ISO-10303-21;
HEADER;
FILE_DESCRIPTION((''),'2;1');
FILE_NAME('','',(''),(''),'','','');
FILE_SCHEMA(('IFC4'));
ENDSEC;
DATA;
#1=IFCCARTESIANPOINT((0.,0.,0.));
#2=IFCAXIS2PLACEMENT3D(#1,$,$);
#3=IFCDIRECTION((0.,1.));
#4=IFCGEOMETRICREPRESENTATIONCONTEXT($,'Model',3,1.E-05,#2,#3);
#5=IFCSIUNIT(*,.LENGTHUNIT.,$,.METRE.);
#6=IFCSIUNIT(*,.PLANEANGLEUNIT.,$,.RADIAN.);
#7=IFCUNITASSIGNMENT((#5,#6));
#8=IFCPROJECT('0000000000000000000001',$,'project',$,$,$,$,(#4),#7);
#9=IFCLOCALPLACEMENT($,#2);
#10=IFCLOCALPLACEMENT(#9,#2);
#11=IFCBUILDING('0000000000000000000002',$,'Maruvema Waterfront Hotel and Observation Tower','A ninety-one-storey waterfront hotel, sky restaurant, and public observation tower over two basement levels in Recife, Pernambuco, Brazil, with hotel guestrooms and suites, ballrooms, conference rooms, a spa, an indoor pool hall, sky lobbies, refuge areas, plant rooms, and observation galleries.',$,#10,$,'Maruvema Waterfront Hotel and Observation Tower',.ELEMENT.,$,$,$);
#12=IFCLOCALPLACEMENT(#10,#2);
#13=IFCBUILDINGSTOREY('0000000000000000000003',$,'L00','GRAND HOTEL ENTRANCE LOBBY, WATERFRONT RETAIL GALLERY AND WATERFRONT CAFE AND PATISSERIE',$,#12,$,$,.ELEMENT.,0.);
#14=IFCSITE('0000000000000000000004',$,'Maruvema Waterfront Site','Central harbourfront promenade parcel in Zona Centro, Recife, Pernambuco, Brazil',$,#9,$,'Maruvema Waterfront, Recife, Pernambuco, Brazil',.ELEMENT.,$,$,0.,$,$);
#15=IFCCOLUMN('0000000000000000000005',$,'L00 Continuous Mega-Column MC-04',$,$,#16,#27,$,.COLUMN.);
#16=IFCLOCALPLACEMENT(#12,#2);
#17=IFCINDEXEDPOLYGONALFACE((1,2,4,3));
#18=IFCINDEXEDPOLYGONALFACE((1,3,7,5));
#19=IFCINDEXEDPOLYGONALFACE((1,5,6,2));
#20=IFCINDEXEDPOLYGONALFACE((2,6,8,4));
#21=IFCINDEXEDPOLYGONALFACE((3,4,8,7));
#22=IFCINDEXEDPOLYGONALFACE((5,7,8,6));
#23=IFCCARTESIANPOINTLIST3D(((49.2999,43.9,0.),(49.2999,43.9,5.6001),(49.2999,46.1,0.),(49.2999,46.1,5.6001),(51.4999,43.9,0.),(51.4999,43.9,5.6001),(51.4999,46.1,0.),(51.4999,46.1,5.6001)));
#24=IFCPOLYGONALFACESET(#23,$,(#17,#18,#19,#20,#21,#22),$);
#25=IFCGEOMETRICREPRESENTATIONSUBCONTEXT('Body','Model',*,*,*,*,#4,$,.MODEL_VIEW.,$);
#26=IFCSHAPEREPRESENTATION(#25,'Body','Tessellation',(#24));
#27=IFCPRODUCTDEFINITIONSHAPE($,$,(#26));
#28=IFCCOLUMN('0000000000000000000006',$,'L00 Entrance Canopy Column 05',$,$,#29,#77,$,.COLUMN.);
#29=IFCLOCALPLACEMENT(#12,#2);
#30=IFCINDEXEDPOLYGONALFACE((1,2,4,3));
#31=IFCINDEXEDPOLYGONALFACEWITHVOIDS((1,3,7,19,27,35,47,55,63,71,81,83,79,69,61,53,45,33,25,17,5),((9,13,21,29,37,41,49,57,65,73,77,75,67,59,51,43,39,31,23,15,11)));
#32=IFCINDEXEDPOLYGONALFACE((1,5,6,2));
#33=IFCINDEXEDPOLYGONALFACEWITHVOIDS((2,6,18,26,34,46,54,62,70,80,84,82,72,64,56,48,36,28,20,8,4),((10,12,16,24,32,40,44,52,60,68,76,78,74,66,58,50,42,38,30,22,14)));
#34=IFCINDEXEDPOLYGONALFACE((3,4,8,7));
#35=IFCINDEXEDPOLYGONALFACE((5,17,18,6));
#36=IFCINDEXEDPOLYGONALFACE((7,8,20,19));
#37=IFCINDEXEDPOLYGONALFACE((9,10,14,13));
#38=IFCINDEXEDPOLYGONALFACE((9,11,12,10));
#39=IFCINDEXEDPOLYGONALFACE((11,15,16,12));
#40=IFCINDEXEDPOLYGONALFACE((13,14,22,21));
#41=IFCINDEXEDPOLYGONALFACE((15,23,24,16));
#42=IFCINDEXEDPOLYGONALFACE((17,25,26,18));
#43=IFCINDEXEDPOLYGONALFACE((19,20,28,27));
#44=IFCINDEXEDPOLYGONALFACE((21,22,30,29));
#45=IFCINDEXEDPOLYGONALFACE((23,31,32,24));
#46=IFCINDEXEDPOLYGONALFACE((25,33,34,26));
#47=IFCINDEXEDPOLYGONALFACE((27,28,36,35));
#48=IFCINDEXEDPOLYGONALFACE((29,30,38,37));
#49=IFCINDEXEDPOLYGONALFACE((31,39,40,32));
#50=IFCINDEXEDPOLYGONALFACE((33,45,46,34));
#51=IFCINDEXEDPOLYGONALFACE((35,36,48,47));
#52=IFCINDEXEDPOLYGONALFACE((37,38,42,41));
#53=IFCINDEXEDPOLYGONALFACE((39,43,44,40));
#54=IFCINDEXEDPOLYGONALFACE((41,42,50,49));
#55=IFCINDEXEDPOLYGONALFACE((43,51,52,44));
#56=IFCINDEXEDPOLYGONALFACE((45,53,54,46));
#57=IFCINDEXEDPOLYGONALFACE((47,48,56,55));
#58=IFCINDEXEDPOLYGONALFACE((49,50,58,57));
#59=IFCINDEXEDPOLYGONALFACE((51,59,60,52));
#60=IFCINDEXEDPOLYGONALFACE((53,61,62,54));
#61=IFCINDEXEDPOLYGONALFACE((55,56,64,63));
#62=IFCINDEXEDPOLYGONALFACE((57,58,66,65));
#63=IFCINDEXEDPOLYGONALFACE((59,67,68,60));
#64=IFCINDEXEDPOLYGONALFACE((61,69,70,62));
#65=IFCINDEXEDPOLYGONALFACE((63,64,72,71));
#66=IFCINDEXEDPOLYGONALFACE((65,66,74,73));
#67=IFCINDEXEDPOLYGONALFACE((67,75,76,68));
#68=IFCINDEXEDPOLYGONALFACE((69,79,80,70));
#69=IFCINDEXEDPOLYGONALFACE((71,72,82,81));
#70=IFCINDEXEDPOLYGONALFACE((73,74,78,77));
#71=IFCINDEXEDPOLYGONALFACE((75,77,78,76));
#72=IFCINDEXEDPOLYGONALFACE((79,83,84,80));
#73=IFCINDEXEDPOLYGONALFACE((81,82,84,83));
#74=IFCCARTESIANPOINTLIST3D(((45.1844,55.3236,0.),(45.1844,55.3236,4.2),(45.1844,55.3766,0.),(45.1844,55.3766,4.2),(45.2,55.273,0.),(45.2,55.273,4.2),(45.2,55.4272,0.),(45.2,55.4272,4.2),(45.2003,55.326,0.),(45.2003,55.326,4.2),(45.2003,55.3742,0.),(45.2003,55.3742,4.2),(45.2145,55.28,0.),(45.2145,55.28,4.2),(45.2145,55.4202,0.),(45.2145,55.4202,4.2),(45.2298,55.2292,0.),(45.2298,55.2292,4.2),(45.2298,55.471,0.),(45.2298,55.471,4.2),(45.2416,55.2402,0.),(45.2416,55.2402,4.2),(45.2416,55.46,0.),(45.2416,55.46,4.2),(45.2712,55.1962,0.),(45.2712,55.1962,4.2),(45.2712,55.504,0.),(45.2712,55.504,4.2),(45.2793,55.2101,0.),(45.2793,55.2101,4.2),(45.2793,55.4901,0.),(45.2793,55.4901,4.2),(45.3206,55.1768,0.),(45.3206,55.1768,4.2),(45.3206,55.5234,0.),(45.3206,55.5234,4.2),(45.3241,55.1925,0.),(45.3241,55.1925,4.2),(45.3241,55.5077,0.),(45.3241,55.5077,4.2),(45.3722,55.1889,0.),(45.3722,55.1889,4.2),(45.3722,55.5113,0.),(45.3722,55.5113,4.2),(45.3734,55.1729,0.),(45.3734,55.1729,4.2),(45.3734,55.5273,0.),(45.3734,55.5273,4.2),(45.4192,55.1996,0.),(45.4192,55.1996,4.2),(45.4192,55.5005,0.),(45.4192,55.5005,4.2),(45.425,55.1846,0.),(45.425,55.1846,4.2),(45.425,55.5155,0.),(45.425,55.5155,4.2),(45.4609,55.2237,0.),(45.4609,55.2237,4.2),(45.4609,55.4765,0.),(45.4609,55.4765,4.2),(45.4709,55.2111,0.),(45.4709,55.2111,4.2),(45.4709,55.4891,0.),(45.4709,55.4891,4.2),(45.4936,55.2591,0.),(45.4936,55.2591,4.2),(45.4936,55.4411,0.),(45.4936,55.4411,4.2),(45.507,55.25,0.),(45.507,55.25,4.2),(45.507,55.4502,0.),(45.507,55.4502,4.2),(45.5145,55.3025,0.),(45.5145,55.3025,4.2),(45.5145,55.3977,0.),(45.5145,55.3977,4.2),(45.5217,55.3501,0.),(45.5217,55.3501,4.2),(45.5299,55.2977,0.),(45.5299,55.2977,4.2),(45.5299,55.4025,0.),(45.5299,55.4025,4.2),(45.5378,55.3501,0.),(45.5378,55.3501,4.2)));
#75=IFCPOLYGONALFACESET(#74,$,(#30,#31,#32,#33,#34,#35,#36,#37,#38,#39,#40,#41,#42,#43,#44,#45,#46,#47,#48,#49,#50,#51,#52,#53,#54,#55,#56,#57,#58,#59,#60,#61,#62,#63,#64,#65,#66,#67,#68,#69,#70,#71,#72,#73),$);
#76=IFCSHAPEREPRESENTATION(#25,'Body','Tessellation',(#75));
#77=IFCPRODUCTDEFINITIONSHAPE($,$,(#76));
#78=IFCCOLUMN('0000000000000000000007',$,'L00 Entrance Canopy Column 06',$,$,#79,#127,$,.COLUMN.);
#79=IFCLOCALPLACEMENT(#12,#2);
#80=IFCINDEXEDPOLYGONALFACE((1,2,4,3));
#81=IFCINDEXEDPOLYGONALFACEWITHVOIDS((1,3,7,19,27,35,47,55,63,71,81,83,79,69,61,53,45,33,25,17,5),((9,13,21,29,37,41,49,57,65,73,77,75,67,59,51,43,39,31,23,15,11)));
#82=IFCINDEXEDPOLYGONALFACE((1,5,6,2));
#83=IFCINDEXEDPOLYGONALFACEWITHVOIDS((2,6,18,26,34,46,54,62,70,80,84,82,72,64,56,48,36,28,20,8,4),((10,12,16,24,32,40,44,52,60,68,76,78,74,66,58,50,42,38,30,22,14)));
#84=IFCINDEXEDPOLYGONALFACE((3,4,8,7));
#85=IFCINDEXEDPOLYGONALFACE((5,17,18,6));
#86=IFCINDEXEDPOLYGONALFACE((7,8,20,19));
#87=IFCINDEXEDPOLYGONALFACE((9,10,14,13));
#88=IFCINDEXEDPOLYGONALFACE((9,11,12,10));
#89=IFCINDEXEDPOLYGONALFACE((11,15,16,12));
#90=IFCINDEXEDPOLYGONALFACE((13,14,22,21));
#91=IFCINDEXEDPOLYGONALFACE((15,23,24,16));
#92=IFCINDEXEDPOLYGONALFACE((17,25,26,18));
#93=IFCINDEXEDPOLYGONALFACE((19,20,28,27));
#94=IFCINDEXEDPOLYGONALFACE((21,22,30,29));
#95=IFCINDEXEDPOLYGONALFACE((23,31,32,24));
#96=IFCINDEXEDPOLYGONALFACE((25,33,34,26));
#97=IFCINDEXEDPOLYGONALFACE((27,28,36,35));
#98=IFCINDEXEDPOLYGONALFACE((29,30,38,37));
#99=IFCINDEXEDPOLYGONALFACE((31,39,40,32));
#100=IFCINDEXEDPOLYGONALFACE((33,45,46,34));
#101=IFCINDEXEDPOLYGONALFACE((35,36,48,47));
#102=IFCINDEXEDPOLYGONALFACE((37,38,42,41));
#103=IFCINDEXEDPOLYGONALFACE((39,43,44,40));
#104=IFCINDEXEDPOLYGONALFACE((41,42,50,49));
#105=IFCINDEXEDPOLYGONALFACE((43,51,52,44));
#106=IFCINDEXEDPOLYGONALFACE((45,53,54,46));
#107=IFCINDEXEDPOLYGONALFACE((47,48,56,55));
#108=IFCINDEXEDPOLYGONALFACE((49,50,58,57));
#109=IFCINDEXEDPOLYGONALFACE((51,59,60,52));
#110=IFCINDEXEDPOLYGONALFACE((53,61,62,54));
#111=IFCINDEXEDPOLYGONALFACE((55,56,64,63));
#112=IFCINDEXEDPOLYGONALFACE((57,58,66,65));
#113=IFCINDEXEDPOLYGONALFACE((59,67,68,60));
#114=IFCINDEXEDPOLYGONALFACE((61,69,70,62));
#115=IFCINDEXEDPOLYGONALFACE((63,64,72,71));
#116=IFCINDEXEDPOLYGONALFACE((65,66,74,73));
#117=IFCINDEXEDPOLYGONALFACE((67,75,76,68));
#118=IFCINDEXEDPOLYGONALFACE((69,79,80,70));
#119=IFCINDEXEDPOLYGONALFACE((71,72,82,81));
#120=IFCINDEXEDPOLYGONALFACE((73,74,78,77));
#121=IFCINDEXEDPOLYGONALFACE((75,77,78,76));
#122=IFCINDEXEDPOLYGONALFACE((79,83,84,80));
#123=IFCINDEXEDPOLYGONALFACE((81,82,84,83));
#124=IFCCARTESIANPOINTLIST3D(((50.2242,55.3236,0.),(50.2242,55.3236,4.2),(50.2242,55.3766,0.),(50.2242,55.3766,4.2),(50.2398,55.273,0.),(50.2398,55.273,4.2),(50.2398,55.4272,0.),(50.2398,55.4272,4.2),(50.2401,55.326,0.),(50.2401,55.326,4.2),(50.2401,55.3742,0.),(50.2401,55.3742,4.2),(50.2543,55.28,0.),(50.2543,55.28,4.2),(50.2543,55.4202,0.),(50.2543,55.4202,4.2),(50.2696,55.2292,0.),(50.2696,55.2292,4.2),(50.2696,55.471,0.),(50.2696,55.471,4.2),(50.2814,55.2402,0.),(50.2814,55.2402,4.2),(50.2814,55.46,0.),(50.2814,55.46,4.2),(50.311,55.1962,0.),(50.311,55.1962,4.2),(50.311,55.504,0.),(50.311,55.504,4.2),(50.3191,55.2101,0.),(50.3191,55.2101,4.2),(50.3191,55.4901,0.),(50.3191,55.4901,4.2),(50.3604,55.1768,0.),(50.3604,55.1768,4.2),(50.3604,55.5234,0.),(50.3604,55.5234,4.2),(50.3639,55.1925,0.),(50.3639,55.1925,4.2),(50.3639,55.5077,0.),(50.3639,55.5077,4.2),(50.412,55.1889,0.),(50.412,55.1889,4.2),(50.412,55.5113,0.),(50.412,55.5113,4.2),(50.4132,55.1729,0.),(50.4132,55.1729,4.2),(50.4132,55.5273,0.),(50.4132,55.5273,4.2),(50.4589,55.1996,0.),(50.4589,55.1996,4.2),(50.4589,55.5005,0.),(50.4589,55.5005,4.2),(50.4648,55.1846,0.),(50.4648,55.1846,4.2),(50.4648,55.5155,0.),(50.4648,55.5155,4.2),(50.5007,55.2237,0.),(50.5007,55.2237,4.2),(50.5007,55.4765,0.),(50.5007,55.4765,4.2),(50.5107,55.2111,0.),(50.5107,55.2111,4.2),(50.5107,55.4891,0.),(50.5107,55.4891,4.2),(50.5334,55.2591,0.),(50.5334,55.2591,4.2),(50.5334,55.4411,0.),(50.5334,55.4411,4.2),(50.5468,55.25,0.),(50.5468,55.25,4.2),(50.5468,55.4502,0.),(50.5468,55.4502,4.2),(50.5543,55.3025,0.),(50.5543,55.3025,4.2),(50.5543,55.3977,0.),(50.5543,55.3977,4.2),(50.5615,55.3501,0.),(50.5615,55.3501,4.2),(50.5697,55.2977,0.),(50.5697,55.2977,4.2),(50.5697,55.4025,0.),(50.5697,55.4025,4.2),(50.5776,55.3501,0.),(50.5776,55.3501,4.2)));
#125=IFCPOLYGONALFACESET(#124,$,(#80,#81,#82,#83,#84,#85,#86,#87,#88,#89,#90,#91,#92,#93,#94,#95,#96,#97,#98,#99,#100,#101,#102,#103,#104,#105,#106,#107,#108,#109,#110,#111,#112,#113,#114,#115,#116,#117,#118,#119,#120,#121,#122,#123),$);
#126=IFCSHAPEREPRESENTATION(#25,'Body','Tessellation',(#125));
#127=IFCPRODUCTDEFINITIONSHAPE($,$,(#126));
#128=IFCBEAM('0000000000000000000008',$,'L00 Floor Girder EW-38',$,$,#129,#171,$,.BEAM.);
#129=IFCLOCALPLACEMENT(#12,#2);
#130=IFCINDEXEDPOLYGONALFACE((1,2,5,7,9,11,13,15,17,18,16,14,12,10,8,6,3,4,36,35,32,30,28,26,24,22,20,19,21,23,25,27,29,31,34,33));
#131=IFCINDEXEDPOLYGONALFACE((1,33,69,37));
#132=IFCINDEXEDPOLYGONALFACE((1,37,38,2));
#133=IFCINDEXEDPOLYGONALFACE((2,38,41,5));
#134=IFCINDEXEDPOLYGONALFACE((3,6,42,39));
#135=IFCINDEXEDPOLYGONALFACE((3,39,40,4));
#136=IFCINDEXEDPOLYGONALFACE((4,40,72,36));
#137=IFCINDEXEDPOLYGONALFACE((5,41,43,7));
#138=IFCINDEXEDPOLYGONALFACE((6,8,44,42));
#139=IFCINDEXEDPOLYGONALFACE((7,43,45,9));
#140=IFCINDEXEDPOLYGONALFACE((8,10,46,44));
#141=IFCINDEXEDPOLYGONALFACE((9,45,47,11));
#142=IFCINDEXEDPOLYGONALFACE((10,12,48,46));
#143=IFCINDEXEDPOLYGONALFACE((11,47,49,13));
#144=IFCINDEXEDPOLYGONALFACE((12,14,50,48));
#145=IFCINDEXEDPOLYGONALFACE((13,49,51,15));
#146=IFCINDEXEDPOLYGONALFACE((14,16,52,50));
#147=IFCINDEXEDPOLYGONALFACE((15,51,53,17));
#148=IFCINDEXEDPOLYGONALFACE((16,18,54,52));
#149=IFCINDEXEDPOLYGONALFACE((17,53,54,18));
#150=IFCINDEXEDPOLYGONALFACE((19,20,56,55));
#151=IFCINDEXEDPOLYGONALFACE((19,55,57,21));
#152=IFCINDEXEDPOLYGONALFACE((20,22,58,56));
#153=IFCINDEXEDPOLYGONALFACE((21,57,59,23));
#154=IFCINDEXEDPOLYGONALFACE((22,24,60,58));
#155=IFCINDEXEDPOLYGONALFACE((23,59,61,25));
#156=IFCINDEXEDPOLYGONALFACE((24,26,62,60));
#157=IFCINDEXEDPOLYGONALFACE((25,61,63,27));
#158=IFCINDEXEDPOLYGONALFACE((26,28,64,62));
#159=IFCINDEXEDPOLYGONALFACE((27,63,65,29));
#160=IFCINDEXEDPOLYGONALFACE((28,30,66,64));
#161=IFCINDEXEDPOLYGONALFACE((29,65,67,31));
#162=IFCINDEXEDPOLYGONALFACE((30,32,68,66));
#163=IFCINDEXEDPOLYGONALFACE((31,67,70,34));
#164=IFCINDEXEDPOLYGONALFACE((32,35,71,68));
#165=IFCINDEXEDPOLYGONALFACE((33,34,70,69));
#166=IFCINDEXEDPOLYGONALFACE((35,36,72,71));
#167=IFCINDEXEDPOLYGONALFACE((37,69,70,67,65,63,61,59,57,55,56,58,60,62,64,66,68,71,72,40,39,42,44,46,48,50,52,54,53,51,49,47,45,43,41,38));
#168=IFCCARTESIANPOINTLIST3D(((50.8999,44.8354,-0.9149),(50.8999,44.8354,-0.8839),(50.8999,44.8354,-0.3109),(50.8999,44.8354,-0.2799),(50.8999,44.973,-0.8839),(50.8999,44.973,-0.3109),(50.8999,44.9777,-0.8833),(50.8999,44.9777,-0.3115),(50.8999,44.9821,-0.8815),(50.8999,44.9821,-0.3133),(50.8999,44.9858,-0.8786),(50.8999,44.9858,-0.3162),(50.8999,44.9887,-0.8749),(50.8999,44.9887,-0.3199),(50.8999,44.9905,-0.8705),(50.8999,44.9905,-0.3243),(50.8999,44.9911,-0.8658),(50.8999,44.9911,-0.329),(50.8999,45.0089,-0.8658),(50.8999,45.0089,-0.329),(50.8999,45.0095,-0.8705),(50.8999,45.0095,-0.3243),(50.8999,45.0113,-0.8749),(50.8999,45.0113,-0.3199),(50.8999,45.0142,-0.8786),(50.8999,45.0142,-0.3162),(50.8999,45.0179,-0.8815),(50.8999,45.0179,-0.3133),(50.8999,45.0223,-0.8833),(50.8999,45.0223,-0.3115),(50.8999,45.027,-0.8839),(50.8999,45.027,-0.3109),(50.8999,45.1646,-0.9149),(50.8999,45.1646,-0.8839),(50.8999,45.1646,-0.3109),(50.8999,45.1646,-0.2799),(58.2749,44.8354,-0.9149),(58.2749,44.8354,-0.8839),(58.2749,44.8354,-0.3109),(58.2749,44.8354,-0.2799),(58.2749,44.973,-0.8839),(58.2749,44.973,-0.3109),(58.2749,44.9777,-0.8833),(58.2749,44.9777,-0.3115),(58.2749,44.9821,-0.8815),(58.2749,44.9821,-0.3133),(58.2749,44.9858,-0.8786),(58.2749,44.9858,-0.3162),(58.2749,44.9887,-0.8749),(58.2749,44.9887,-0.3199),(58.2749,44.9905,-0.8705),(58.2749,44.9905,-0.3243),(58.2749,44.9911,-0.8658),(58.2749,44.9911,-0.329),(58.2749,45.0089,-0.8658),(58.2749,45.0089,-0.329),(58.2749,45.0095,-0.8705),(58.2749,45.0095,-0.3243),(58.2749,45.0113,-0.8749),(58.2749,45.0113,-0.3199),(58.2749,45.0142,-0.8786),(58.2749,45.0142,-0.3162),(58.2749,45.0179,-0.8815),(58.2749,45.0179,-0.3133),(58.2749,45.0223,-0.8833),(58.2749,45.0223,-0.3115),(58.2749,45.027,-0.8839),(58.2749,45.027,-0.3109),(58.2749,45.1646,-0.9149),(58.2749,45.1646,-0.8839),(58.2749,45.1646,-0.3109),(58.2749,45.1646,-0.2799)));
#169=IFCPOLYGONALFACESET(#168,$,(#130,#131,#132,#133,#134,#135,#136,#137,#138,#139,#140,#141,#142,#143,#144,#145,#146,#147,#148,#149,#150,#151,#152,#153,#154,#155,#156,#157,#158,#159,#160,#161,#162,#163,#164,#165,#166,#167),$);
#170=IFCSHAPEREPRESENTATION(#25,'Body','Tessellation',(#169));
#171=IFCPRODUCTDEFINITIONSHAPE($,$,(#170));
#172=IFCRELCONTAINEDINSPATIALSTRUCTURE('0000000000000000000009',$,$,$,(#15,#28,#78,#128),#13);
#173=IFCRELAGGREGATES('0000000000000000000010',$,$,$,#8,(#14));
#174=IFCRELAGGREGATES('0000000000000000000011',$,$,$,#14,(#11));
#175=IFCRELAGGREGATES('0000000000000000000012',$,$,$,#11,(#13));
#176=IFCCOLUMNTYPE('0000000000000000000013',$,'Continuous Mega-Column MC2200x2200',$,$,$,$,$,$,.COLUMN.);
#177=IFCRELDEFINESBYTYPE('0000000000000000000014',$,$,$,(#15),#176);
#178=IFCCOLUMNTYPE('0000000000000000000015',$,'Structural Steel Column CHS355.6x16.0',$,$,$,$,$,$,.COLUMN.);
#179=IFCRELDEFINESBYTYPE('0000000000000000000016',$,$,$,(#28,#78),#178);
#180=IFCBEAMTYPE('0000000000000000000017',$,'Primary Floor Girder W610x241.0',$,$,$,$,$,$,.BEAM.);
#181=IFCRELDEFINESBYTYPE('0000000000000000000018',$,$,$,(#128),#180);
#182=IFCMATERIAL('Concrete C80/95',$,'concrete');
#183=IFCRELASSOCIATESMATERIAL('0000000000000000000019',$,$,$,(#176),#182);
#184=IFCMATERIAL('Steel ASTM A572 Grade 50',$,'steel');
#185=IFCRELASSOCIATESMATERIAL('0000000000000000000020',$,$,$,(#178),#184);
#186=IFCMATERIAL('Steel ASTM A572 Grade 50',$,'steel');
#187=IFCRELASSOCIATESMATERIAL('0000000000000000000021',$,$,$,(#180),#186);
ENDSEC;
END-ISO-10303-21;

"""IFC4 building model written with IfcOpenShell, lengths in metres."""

from ifc_helpers import new_model, si_unit, direction, frame, origin, origin_2d, place, context, subcontext, project, spatial, rectangle, hollow_circle, i_section, extrude, material, material_profile, profile_set, type_object, element, save


model = new_model("IFC4")

# Units and contexts
model_context = context("Model", 3, precision=1e-05, world=origin(), true_north=direction((0.0, 1.0)))
body_context = subcontext(model_context, "Body", "Model", "MODEL_VIEW")
ifc_project = project(units=[si_unit("LENGTHUNIT", "METRE"), si_unit("PLANEANGLEUNIT", "RADIAN")], contexts=[model_context])

# Site, building, storey
site_placement = place(None, origin())
site = spatial("IfcSite", under=ifc_project, at=site_placement, Name="Maruvema Waterfront Site", Description="Central harbourfront promenade parcel in Zona Centro, Recife, Pernambuco, Brazil", LongName="Maruvema Waterfront, Recife, Pernambuco, Brazil", CompositionType="ELEMENT", RefElevation=0.0)
building_placement = place(site_placement, origin())
building = spatial("IfcBuilding", under=site, at=building_placement, Name="Maruvema Waterfront Hotel and Observation Tower", Description="A ninety-one-storey waterfront hotel, sky restaurant, and public observation tower over two basement levels in Recife, Pernambuco, Brazil, with hotel guestrooms and suites, ballrooms, conference rooms, a spa, an indoor pool hall, sky lobbies, refuge areas, plant rooms, and observation galleries.", LongName="Maruvema Waterfront Hotel and Observation Tower", CompositionType="ELEMENT")
storey_placement = place(building_placement, origin())
storey = spatial("IfcBuildingStorey", under=building, at=storey_placement, Name="L00", Description="GRAND HOTEL ENTRANCE LOBBY, WATERFRONT RETAIL GALLERY AND WATERFRONT CAFE AND PATISSERIE", CompositionType="ELEMENT", Elevation=0.0)

# Columns
ifc_material_1 = material(Name="Concrete C80/95", Category="concrete")
ifc_material_profile_1 = material_profile(ifc_material_1, rectangle(XDim=2.2, YDim=2.2, at=origin_2d()), Name="MC2200x2200")
ifc_profile_set_1 = profile_set([ifc_material_profile_1], Name="Concrete C80/95")
column_type_1 = type_object("IfcColumnType", Name="Continuous Mega-Column MC2200x2200", PredefinedType="COLUMN", material=ifc_profile_set_1)
column_placement = place(storey_placement, frame((50.3999, 45.0, 0.0), z_axis=(0.0, 0.0, 1.0), x_axis=(1.0, 0.0, 0.0)))
element("IfcColumn", 1, at=column_placement, inside=storey, type_object=column_type_1, Name="L00 Continuous Mega-Column MC-04", PredefinedType="COLUMN", context=body_context, shape_type="SweptSolid", body=[
    extrude(rectangle(XDim=2.2, YDim=2.2, at=origin_2d()), origin(), (0.0, 0.0, 1.0), 5.6001),
])
ifc_material_2 = material(Name="Steel ASTM A572 Grade 50", Category="steel")
ifc_material_profile_2 = material_profile(ifc_material_2, hollow_circle(Radius=0.1777, WallThickness=0.0161, at=origin_2d()), Name="CHS355.6x16.0")
ifc_profile_set_2 = profile_set([ifc_material_profile_2], Name="Steel ASTM A572 Grade 50")
column_type_2 = type_object("IfcColumnType", Name="Structural Steel Column CHS355.6x16.0", PredefinedType="COLUMN", material=ifc_profile_set_2)
for number, where, z_axis, x_axis, name in (
    (2, (45.3601, 55.3501, 0.0), (0.0, 0.0, 1.0), (1.0, 0.0, 0.0), "L00 Entrance Canopy Column 05"),
    (3, (50.3999, 55.3501, 0.0), (0.0, 0.0, 1.0), (1.0, 0.0, 0.0), "L00 Entrance Canopy Column 06"),
):
    element("IfcColumn", number, at=place(storey_placement, frame(where, z_axis=z_axis, x_axis=x_axis)), inside=storey, type_object=column_type_2, Name=name, PredefinedType="COLUMN", context=body_context, shape_type="SweptSolid", body=[
        extrude(hollow_circle(Radius=0.1777, WallThickness=0.0161, at=origin_2d()), origin(), (0.0, 0.0, 1.0), 4.2),
    ])

# Beam
ifc_material_3 = material(Name="Steel ASTM A572 Grade 50", Category="steel")
ifc_material_profile_3 = material_profile(ifc_material_3, i_section(OverallWidth=0.3291, OverallDepth=0.635, WebThickness=0.0178, FlangeThickness=0.031, FilletRadius=0.0181, at=origin_2d()), Name="W610x241.0")
ifc_profile_set_3 = profile_set([ifc_material_profile_3], Name="Steel ASTM A572 Grade 50")
beam_type_1 = type_object("IfcBeamType", Name="Primary Floor Girder W610x241.0", PredefinedType="BEAM", material=ifc_profile_set_3)
beam_1_placement = place(storey_placement, frame((50.8999, 45.0, -0.5974), z_axis=(1.0, 0.0, 0.0), x_axis=(0.0, 1.0, 0.0)))
element("IfcBeam", 4, at=beam_1_placement, inside=storey, type_object=beam_type_1, Name="L00 Floor Girder EW-38", PredefinedType="BEAM", context=body_context, shape_type="SweptSolid", body=[
    extrude(i_section(OverallWidth=0.3291, OverallDepth=0.635, WebThickness=0.0178, FlangeThickness=0.031, FilletRadius=0.0181, at=origin_2d()), origin(), (0.0, 0.0, 1.0), 7.375),
])

save(model, "model.ifc")
